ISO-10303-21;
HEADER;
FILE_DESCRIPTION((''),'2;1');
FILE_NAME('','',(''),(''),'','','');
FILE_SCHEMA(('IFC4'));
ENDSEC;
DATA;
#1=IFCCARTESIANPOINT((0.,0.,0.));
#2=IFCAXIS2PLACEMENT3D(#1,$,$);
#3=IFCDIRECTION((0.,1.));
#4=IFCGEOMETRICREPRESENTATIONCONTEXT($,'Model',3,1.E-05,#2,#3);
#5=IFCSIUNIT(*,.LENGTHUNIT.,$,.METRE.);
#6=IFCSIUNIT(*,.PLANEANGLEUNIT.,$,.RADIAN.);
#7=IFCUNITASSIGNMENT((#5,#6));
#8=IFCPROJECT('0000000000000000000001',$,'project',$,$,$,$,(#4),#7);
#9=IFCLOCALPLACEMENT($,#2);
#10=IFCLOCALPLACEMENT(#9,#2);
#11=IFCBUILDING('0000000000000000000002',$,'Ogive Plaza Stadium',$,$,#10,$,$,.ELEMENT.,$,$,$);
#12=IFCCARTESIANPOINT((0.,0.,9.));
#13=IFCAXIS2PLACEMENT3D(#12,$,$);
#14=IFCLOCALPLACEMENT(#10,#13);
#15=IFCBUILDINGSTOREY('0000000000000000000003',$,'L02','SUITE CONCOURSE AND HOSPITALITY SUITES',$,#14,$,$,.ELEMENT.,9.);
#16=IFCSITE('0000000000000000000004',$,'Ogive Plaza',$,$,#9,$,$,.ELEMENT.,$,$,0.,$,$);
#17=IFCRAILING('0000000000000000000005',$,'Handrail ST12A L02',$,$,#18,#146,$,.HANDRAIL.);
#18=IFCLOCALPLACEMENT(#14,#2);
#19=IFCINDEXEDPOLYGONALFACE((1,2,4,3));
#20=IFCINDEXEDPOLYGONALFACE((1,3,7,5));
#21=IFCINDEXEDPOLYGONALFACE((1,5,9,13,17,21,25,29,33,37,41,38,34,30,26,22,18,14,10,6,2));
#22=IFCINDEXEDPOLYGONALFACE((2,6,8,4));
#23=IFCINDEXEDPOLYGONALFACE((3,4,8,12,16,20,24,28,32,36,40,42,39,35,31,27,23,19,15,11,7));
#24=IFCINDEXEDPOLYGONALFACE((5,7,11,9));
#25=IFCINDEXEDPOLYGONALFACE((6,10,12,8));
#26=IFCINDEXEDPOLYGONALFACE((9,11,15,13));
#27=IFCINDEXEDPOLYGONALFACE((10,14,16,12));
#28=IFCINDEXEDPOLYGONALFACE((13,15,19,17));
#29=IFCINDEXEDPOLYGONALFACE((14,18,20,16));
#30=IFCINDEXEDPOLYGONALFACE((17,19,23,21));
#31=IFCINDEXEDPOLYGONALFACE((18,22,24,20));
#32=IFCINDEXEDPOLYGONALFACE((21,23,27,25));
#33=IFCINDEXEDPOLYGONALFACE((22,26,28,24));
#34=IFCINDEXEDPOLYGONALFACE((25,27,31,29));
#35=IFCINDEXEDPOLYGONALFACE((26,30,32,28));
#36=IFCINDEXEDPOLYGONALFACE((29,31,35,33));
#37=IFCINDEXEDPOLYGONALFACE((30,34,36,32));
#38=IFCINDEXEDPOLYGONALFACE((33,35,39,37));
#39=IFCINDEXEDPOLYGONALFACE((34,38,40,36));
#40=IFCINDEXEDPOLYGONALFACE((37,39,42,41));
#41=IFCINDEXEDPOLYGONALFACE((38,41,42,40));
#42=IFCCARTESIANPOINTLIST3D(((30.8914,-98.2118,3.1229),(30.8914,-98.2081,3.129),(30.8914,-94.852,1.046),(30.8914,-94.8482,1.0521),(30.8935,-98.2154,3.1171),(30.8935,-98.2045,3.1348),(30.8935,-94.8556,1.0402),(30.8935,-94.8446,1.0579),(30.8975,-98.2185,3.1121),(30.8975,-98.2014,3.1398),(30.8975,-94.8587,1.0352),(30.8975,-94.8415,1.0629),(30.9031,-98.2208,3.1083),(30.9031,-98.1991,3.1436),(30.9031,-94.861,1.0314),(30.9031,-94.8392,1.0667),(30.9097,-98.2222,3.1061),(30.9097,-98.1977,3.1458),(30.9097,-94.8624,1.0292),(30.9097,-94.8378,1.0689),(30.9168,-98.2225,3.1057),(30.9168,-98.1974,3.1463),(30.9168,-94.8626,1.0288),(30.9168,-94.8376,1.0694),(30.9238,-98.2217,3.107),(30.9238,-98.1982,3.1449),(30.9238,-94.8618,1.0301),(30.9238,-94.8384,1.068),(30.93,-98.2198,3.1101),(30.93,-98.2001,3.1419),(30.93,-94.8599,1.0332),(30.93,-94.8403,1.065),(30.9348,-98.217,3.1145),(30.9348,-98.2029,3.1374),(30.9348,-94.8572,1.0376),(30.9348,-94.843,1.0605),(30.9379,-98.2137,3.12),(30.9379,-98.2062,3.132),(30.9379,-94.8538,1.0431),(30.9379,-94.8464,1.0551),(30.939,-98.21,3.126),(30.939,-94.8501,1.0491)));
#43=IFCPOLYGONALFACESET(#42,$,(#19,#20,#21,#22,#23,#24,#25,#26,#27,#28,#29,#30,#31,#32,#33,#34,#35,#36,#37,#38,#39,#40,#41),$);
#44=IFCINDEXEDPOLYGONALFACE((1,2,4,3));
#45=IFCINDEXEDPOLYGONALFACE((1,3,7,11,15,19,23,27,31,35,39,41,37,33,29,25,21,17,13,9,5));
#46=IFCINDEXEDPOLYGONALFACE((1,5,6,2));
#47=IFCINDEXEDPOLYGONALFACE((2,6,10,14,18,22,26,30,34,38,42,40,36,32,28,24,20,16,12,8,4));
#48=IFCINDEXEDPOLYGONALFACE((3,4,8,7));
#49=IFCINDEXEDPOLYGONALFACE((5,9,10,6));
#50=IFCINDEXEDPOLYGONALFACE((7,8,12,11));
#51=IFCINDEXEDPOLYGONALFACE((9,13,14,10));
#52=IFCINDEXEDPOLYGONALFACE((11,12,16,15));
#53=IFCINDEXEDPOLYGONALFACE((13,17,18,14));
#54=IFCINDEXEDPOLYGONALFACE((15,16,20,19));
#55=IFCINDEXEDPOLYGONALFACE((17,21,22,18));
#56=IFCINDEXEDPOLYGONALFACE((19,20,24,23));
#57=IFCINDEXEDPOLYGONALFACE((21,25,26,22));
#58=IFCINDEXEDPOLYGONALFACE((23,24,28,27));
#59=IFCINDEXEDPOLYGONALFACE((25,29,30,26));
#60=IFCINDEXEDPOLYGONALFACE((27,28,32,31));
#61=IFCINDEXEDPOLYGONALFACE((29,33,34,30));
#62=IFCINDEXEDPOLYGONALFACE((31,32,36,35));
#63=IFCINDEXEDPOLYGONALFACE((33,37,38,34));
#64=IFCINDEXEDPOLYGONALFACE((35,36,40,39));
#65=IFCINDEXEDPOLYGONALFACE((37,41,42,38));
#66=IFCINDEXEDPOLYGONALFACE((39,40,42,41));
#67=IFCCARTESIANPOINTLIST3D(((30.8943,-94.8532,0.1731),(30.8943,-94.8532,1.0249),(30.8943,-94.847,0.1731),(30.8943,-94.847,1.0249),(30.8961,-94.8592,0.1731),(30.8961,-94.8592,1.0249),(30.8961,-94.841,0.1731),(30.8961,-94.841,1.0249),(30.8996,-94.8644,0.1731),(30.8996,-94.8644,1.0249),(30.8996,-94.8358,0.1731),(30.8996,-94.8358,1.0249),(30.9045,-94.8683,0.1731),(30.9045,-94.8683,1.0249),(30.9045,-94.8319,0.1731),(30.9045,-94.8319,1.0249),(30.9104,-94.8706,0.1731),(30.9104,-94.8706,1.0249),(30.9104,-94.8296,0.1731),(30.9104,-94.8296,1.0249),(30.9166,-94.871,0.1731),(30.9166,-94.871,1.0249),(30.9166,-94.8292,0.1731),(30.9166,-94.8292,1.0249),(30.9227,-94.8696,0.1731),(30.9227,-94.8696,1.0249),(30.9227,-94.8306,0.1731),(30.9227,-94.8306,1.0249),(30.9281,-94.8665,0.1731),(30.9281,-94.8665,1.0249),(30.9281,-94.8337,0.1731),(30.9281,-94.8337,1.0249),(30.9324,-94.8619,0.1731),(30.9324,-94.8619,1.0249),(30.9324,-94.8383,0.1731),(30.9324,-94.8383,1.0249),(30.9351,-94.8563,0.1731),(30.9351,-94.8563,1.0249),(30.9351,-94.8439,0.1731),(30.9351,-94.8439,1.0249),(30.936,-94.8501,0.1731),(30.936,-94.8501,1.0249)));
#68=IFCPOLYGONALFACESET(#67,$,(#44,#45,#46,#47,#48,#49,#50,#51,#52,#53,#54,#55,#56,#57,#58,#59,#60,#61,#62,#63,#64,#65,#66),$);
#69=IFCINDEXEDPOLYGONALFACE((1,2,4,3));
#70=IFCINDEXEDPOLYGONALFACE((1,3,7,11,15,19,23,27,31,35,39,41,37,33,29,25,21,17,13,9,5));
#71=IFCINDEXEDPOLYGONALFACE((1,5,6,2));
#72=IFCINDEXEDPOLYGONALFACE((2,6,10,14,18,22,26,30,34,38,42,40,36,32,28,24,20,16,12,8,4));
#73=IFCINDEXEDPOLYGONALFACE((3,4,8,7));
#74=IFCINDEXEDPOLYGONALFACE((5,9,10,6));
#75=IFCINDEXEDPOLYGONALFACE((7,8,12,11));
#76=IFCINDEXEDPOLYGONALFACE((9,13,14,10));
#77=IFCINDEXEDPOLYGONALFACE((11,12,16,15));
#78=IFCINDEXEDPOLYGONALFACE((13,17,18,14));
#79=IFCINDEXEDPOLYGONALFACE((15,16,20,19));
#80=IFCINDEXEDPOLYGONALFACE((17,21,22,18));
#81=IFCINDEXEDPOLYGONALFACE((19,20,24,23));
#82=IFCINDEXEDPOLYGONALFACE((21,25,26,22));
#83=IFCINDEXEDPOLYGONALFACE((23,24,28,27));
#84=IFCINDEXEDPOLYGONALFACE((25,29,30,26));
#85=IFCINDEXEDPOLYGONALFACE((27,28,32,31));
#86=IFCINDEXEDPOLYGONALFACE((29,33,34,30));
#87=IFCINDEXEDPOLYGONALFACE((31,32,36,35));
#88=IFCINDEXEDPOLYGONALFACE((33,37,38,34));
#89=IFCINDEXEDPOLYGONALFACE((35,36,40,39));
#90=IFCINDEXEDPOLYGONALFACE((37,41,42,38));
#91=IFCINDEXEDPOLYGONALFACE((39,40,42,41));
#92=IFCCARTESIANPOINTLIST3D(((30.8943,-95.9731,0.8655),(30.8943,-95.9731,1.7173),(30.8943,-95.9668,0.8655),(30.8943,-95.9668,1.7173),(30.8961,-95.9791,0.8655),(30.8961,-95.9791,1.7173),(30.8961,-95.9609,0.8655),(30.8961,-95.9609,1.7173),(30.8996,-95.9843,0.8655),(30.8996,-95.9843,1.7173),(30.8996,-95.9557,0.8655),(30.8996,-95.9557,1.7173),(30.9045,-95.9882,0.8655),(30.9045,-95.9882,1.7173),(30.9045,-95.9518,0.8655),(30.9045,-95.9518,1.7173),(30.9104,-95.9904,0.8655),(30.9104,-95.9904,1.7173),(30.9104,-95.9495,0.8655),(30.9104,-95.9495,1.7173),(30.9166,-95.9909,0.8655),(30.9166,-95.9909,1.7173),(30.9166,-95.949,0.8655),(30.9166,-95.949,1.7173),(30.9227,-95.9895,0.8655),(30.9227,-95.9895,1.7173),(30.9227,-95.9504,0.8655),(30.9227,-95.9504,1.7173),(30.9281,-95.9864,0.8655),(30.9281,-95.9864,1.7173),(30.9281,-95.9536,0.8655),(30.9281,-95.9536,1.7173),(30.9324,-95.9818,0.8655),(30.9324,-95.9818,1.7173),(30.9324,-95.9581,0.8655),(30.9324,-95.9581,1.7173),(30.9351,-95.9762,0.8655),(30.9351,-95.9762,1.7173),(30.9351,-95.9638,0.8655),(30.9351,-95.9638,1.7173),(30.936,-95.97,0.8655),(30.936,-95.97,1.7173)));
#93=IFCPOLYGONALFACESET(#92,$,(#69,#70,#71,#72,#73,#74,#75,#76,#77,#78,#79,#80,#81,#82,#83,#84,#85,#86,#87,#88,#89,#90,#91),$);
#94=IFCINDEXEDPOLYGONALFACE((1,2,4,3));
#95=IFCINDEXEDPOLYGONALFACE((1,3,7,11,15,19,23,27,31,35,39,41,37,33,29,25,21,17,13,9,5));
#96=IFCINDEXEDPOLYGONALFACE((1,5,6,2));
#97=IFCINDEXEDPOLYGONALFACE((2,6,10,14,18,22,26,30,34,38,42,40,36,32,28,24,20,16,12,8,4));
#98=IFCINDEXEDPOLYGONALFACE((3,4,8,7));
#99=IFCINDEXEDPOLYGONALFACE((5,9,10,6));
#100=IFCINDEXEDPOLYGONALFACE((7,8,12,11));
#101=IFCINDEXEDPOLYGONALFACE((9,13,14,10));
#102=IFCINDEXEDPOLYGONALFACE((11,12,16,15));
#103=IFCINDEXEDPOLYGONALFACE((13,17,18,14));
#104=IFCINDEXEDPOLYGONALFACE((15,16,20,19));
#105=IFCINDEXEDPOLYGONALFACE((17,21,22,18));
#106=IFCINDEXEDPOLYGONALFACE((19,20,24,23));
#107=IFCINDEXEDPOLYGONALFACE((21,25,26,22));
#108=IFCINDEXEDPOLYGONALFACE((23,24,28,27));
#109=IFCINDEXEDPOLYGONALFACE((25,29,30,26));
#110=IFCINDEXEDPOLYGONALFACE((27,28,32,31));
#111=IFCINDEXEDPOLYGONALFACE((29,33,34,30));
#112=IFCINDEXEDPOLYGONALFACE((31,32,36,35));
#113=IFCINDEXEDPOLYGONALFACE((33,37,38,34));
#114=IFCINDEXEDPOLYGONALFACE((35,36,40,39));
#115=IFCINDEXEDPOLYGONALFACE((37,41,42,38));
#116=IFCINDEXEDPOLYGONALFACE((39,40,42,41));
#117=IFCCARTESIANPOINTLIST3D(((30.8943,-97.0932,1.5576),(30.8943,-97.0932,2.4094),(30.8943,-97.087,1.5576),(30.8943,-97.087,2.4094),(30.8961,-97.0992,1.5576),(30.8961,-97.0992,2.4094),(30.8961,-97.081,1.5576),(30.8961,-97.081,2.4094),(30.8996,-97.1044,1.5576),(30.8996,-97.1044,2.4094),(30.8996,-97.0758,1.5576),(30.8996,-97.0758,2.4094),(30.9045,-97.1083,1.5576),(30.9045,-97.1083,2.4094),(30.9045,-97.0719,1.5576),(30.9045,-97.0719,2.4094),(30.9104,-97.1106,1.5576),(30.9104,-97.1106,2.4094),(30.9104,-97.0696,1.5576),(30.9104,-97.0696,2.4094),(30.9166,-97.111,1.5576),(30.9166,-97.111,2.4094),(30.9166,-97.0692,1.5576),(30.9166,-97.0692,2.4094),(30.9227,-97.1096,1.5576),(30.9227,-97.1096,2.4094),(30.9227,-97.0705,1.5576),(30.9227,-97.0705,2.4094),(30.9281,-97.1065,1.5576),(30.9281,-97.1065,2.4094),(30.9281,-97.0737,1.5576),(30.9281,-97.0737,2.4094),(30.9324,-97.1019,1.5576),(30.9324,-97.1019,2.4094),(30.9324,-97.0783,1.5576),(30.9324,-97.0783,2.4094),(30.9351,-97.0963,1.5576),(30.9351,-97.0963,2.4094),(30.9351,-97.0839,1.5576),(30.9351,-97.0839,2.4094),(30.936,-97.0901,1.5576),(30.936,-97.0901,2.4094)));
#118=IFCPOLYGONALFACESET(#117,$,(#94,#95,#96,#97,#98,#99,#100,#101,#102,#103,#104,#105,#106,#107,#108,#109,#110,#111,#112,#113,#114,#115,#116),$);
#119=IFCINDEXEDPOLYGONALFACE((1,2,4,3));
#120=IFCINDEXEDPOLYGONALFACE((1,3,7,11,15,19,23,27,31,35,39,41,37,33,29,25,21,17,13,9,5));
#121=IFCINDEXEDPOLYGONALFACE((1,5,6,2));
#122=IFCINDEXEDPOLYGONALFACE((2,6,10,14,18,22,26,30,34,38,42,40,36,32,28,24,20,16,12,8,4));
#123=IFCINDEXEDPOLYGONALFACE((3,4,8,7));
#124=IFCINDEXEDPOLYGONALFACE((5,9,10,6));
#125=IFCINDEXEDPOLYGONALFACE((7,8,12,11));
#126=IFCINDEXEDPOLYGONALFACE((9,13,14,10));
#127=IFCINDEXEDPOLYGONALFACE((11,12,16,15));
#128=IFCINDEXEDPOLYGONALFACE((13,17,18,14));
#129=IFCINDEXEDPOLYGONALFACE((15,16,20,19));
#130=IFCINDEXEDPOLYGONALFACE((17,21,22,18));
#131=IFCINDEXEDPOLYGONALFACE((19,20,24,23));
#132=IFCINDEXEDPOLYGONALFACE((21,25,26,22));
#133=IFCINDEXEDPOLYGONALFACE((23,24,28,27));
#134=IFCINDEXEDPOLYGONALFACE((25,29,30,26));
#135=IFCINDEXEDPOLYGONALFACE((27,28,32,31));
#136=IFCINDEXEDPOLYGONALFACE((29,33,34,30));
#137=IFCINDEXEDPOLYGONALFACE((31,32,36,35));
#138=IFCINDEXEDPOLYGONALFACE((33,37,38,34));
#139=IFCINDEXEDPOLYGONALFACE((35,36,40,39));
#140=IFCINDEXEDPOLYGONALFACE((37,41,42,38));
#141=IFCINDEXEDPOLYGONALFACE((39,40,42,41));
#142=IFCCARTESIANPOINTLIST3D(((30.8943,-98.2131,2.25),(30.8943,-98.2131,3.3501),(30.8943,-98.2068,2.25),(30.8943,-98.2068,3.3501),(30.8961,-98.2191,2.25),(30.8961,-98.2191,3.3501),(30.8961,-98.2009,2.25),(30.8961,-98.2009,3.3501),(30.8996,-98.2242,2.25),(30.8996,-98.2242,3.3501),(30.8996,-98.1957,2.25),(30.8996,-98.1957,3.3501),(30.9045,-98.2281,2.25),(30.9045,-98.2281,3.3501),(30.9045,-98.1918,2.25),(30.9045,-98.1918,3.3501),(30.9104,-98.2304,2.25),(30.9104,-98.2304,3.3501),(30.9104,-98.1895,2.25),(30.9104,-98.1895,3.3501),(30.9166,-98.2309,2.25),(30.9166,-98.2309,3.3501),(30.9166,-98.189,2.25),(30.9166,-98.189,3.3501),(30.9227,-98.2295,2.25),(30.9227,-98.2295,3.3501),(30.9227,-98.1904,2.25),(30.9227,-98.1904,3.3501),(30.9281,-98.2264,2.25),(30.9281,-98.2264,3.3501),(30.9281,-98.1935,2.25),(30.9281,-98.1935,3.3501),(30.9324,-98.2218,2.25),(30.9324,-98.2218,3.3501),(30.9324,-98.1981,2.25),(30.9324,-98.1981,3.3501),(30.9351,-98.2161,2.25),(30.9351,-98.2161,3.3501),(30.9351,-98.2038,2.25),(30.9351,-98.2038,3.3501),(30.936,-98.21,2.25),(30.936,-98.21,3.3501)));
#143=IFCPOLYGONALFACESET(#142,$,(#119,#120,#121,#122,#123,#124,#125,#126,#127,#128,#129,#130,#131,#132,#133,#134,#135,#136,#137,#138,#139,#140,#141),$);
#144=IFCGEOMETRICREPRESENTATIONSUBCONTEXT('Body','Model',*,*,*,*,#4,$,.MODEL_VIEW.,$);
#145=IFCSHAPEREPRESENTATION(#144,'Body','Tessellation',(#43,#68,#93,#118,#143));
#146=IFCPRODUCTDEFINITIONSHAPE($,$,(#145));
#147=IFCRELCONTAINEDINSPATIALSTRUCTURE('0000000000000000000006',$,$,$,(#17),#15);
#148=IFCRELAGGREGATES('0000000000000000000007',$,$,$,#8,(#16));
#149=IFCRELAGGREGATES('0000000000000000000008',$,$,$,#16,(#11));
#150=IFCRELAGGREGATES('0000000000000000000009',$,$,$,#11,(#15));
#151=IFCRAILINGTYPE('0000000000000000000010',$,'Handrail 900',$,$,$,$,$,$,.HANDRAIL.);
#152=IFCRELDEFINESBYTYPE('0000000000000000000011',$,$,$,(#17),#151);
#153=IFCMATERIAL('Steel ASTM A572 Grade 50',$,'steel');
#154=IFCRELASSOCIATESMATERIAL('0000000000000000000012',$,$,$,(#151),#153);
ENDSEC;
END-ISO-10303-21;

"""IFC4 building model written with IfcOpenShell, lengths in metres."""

from ifc_helpers import new_model, si_unit, direction, frame, origin, origin_2d, place, context, subcontext, project, spatial, circle, extrude, material, type_object, element, save


model = new_model("IFC4")

# Units and contexts
model_context = context("Model", 3, precision=1e-05, world=origin(), true_north=direction((0.0, 1.0)))
body_context = subcontext(model_context, "Body", "Model", "MODEL_VIEW")
ifc_project = project(units=[si_unit("LENGTHUNIT", "METRE"), si_unit("PLANEANGLEUNIT", "RADIAN")], contexts=[model_context])

# Site, building, storey
site_placement = place(None, origin())
site = spatial("IfcSite", under=ifc_project, at=site_placement, Name="Ogive Plaza", CompositionType="ELEMENT", RefElevation=0.0)
building_placement = place(site_placement, origin())
building = spatial("IfcBuilding", under=site, at=building_placement, Name="Ogive Plaza Stadium", CompositionType="ELEMENT")
storey_placement = place(building_placement, frame((0.0, 0.0, 9.0)))
storey = spatial("IfcBuildingStorey", under=building, at=storey_placement, Name="L02", Description="SUITE CONCOURSE AND HOSPITALITY SUITES", CompositionType="ELEMENT", Elevation=9.0)

# Railing
ifc_material_1 = material(Name="Steel ASTM A572 Grade 50", Category="steel")
railing_type_1 = type_object("IfcRailingType", Name="Handrail 900", PredefinedType="HANDRAIL", material=ifc_material_1)
for number, where, name in (
    (1, (30.915, -94.8501, 0.1731), "Handrail ST12A L02"),
):
    element("IfcRailing", number, at=place(storey_placement, frame(where)), inside=storey, type_object=railing_type_1, Name=name, PredefinedType="HANDRAIL", context=body_context, shape_type="SweptSolid", body=[
        extrude(circle(Radius=0.0239, at=origin_2d()), frame((0.0, 0.0, 0.876), z_axis=(0.0, -0.850606, 0.525803), x_axis=(1.0, 0.0, 0.0)), (0.0, 0.0, 1.0), 3.95),
        extrude(circle(Radius=0.021, at=origin_2d()), origin(), (0.0, 0.0, 1.0), 0.8518),
        extrude(circle(Radius=0.021, at=origin_2d()), frame((0.0, -1.1199, 0.6924)), (0.0, 0.0, 1.0), 0.8518),
        extrude(circle(Radius=0.021, at=origin_2d()), frame((0.0, -2.24, 1.3845)), (0.0, 0.0, 1.0), 0.8518),
        extrude(circle(Radius=0.021, at=origin_2d()), frame((0.0, -3.3599, 2.0769)), (0.0, 0.0, 1.0), 1.1001),
    ])

save(model, "model.ifc")
